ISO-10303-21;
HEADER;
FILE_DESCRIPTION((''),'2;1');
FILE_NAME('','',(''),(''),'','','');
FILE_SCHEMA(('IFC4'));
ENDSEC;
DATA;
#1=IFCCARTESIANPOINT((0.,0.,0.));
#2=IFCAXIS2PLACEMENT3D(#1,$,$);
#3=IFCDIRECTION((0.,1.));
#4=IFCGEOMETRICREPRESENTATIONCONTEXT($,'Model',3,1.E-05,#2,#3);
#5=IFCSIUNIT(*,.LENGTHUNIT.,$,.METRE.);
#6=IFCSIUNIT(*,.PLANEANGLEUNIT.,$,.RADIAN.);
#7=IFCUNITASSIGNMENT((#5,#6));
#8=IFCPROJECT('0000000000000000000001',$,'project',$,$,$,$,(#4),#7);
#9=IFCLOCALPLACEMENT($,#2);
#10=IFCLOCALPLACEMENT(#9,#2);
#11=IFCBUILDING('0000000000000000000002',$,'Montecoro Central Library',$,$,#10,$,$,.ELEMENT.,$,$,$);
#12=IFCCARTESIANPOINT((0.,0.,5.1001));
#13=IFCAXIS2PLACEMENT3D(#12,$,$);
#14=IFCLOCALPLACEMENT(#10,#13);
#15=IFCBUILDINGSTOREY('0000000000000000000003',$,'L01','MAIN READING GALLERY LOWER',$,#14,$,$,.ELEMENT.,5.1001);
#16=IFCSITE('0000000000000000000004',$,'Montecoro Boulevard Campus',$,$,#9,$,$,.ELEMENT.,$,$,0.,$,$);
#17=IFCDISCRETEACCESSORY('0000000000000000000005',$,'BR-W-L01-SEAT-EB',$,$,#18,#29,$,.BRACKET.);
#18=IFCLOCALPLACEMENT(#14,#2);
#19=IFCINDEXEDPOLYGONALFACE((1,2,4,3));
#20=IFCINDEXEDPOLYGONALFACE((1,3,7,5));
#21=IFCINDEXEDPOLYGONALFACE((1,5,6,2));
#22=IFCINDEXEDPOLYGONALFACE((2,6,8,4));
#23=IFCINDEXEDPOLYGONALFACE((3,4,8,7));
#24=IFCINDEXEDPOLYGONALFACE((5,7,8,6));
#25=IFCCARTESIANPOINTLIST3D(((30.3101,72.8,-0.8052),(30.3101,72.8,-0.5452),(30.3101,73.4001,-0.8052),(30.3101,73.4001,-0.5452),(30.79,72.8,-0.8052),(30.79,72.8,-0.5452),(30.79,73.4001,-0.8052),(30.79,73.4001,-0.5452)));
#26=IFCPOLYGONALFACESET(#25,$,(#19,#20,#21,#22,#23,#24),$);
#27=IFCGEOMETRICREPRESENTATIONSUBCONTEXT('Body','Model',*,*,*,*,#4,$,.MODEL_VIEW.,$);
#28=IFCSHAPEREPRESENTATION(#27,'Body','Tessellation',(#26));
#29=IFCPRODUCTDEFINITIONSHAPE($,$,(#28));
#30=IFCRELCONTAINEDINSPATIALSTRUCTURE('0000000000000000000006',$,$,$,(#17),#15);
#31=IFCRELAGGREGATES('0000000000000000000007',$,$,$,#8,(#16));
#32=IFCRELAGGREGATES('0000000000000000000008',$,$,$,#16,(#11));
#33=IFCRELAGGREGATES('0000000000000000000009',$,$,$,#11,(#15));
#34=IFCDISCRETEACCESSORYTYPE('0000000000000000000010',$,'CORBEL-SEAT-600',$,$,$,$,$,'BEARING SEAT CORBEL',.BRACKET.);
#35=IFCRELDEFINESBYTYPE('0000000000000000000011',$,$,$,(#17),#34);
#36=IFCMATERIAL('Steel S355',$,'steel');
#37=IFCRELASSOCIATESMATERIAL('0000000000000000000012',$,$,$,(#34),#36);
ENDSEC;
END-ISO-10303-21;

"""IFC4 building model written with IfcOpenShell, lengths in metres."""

from ifc_helpers import new_model, si_unit, direction, frame, origin, origin_2d, place, context, subcontext, project, spatial, rectangle, extrude, material, type_object, element, save


model = new_model("IFC4")

# Units and contexts
model_context = context("Model", 3, precision=1e-05, world=origin(), true_north=direction((0.0, 1.0)))
body_context = subcontext(model_context, "Body", "Model", "MODEL_VIEW")
ifc_project = project(units=[si_unit("LENGTHUNIT", "METRE"), si_unit("PLANEANGLEUNIT", "RADIAN")], contexts=[model_context])

# Site, building, storey
site_placement = place(None, origin())
site = spatial("IfcSite", under=ifc_project, at=site_placement, Name="Montecoro Boulevard Campus", CompositionType="ELEMENT", RefElevation=0.0)
building_placement = place(site_placement, origin())
building = spatial("IfcBuilding", under=site, at=building_placement, Name="Montecoro Central Library", CompositionType="ELEMENT")
storey_placement = place(building_placement, frame((0.0, 0.0, 5.1001)))
storey = spatial("IfcBuildingStorey", under=building, at=storey_placement, Name="L01", Description="MAIN READING GALLERY LOWER", CompositionType="ELEMENT", Elevation=5.1001)

# Shared definitions
ifc_material_1 = material(Name="Steel S355", Category="steel")

# Discrete accessory
discrete_accessory_type_1 = type_object("IfcDiscreteAccessoryType", Name="CORBEL-SEAT-600", ElementType="BEARING SEAT CORBEL", PredefinedType="BRACKET", material=ifc_material_1)
for number, where, z_axis, x_axis, name in (
    (1, (30.55, 73.1001, -0.8052), (0.0, 0.0, 1.0), (1.0, 0.0, 0.0), "BR-W-L01-SEAT-EB"),
):
    element("IfcDiscreteAccessory", number, at=place(storey_placement, frame(where, z_axis=z_axis, x_axis=x_axis)), inside=storey, type_object=discrete_accessory_type_1, Name=name, PredefinedType="BRACKET", context=body_context, shape_type="SweptSolid", body=[
        extrude(rectangle(XDim=0.48, YDim=0.6001, at=origin_2d()), origin(), (0.0, 0.0, 1.0), 0.26),
    ])

save(model, "model.ifc")
